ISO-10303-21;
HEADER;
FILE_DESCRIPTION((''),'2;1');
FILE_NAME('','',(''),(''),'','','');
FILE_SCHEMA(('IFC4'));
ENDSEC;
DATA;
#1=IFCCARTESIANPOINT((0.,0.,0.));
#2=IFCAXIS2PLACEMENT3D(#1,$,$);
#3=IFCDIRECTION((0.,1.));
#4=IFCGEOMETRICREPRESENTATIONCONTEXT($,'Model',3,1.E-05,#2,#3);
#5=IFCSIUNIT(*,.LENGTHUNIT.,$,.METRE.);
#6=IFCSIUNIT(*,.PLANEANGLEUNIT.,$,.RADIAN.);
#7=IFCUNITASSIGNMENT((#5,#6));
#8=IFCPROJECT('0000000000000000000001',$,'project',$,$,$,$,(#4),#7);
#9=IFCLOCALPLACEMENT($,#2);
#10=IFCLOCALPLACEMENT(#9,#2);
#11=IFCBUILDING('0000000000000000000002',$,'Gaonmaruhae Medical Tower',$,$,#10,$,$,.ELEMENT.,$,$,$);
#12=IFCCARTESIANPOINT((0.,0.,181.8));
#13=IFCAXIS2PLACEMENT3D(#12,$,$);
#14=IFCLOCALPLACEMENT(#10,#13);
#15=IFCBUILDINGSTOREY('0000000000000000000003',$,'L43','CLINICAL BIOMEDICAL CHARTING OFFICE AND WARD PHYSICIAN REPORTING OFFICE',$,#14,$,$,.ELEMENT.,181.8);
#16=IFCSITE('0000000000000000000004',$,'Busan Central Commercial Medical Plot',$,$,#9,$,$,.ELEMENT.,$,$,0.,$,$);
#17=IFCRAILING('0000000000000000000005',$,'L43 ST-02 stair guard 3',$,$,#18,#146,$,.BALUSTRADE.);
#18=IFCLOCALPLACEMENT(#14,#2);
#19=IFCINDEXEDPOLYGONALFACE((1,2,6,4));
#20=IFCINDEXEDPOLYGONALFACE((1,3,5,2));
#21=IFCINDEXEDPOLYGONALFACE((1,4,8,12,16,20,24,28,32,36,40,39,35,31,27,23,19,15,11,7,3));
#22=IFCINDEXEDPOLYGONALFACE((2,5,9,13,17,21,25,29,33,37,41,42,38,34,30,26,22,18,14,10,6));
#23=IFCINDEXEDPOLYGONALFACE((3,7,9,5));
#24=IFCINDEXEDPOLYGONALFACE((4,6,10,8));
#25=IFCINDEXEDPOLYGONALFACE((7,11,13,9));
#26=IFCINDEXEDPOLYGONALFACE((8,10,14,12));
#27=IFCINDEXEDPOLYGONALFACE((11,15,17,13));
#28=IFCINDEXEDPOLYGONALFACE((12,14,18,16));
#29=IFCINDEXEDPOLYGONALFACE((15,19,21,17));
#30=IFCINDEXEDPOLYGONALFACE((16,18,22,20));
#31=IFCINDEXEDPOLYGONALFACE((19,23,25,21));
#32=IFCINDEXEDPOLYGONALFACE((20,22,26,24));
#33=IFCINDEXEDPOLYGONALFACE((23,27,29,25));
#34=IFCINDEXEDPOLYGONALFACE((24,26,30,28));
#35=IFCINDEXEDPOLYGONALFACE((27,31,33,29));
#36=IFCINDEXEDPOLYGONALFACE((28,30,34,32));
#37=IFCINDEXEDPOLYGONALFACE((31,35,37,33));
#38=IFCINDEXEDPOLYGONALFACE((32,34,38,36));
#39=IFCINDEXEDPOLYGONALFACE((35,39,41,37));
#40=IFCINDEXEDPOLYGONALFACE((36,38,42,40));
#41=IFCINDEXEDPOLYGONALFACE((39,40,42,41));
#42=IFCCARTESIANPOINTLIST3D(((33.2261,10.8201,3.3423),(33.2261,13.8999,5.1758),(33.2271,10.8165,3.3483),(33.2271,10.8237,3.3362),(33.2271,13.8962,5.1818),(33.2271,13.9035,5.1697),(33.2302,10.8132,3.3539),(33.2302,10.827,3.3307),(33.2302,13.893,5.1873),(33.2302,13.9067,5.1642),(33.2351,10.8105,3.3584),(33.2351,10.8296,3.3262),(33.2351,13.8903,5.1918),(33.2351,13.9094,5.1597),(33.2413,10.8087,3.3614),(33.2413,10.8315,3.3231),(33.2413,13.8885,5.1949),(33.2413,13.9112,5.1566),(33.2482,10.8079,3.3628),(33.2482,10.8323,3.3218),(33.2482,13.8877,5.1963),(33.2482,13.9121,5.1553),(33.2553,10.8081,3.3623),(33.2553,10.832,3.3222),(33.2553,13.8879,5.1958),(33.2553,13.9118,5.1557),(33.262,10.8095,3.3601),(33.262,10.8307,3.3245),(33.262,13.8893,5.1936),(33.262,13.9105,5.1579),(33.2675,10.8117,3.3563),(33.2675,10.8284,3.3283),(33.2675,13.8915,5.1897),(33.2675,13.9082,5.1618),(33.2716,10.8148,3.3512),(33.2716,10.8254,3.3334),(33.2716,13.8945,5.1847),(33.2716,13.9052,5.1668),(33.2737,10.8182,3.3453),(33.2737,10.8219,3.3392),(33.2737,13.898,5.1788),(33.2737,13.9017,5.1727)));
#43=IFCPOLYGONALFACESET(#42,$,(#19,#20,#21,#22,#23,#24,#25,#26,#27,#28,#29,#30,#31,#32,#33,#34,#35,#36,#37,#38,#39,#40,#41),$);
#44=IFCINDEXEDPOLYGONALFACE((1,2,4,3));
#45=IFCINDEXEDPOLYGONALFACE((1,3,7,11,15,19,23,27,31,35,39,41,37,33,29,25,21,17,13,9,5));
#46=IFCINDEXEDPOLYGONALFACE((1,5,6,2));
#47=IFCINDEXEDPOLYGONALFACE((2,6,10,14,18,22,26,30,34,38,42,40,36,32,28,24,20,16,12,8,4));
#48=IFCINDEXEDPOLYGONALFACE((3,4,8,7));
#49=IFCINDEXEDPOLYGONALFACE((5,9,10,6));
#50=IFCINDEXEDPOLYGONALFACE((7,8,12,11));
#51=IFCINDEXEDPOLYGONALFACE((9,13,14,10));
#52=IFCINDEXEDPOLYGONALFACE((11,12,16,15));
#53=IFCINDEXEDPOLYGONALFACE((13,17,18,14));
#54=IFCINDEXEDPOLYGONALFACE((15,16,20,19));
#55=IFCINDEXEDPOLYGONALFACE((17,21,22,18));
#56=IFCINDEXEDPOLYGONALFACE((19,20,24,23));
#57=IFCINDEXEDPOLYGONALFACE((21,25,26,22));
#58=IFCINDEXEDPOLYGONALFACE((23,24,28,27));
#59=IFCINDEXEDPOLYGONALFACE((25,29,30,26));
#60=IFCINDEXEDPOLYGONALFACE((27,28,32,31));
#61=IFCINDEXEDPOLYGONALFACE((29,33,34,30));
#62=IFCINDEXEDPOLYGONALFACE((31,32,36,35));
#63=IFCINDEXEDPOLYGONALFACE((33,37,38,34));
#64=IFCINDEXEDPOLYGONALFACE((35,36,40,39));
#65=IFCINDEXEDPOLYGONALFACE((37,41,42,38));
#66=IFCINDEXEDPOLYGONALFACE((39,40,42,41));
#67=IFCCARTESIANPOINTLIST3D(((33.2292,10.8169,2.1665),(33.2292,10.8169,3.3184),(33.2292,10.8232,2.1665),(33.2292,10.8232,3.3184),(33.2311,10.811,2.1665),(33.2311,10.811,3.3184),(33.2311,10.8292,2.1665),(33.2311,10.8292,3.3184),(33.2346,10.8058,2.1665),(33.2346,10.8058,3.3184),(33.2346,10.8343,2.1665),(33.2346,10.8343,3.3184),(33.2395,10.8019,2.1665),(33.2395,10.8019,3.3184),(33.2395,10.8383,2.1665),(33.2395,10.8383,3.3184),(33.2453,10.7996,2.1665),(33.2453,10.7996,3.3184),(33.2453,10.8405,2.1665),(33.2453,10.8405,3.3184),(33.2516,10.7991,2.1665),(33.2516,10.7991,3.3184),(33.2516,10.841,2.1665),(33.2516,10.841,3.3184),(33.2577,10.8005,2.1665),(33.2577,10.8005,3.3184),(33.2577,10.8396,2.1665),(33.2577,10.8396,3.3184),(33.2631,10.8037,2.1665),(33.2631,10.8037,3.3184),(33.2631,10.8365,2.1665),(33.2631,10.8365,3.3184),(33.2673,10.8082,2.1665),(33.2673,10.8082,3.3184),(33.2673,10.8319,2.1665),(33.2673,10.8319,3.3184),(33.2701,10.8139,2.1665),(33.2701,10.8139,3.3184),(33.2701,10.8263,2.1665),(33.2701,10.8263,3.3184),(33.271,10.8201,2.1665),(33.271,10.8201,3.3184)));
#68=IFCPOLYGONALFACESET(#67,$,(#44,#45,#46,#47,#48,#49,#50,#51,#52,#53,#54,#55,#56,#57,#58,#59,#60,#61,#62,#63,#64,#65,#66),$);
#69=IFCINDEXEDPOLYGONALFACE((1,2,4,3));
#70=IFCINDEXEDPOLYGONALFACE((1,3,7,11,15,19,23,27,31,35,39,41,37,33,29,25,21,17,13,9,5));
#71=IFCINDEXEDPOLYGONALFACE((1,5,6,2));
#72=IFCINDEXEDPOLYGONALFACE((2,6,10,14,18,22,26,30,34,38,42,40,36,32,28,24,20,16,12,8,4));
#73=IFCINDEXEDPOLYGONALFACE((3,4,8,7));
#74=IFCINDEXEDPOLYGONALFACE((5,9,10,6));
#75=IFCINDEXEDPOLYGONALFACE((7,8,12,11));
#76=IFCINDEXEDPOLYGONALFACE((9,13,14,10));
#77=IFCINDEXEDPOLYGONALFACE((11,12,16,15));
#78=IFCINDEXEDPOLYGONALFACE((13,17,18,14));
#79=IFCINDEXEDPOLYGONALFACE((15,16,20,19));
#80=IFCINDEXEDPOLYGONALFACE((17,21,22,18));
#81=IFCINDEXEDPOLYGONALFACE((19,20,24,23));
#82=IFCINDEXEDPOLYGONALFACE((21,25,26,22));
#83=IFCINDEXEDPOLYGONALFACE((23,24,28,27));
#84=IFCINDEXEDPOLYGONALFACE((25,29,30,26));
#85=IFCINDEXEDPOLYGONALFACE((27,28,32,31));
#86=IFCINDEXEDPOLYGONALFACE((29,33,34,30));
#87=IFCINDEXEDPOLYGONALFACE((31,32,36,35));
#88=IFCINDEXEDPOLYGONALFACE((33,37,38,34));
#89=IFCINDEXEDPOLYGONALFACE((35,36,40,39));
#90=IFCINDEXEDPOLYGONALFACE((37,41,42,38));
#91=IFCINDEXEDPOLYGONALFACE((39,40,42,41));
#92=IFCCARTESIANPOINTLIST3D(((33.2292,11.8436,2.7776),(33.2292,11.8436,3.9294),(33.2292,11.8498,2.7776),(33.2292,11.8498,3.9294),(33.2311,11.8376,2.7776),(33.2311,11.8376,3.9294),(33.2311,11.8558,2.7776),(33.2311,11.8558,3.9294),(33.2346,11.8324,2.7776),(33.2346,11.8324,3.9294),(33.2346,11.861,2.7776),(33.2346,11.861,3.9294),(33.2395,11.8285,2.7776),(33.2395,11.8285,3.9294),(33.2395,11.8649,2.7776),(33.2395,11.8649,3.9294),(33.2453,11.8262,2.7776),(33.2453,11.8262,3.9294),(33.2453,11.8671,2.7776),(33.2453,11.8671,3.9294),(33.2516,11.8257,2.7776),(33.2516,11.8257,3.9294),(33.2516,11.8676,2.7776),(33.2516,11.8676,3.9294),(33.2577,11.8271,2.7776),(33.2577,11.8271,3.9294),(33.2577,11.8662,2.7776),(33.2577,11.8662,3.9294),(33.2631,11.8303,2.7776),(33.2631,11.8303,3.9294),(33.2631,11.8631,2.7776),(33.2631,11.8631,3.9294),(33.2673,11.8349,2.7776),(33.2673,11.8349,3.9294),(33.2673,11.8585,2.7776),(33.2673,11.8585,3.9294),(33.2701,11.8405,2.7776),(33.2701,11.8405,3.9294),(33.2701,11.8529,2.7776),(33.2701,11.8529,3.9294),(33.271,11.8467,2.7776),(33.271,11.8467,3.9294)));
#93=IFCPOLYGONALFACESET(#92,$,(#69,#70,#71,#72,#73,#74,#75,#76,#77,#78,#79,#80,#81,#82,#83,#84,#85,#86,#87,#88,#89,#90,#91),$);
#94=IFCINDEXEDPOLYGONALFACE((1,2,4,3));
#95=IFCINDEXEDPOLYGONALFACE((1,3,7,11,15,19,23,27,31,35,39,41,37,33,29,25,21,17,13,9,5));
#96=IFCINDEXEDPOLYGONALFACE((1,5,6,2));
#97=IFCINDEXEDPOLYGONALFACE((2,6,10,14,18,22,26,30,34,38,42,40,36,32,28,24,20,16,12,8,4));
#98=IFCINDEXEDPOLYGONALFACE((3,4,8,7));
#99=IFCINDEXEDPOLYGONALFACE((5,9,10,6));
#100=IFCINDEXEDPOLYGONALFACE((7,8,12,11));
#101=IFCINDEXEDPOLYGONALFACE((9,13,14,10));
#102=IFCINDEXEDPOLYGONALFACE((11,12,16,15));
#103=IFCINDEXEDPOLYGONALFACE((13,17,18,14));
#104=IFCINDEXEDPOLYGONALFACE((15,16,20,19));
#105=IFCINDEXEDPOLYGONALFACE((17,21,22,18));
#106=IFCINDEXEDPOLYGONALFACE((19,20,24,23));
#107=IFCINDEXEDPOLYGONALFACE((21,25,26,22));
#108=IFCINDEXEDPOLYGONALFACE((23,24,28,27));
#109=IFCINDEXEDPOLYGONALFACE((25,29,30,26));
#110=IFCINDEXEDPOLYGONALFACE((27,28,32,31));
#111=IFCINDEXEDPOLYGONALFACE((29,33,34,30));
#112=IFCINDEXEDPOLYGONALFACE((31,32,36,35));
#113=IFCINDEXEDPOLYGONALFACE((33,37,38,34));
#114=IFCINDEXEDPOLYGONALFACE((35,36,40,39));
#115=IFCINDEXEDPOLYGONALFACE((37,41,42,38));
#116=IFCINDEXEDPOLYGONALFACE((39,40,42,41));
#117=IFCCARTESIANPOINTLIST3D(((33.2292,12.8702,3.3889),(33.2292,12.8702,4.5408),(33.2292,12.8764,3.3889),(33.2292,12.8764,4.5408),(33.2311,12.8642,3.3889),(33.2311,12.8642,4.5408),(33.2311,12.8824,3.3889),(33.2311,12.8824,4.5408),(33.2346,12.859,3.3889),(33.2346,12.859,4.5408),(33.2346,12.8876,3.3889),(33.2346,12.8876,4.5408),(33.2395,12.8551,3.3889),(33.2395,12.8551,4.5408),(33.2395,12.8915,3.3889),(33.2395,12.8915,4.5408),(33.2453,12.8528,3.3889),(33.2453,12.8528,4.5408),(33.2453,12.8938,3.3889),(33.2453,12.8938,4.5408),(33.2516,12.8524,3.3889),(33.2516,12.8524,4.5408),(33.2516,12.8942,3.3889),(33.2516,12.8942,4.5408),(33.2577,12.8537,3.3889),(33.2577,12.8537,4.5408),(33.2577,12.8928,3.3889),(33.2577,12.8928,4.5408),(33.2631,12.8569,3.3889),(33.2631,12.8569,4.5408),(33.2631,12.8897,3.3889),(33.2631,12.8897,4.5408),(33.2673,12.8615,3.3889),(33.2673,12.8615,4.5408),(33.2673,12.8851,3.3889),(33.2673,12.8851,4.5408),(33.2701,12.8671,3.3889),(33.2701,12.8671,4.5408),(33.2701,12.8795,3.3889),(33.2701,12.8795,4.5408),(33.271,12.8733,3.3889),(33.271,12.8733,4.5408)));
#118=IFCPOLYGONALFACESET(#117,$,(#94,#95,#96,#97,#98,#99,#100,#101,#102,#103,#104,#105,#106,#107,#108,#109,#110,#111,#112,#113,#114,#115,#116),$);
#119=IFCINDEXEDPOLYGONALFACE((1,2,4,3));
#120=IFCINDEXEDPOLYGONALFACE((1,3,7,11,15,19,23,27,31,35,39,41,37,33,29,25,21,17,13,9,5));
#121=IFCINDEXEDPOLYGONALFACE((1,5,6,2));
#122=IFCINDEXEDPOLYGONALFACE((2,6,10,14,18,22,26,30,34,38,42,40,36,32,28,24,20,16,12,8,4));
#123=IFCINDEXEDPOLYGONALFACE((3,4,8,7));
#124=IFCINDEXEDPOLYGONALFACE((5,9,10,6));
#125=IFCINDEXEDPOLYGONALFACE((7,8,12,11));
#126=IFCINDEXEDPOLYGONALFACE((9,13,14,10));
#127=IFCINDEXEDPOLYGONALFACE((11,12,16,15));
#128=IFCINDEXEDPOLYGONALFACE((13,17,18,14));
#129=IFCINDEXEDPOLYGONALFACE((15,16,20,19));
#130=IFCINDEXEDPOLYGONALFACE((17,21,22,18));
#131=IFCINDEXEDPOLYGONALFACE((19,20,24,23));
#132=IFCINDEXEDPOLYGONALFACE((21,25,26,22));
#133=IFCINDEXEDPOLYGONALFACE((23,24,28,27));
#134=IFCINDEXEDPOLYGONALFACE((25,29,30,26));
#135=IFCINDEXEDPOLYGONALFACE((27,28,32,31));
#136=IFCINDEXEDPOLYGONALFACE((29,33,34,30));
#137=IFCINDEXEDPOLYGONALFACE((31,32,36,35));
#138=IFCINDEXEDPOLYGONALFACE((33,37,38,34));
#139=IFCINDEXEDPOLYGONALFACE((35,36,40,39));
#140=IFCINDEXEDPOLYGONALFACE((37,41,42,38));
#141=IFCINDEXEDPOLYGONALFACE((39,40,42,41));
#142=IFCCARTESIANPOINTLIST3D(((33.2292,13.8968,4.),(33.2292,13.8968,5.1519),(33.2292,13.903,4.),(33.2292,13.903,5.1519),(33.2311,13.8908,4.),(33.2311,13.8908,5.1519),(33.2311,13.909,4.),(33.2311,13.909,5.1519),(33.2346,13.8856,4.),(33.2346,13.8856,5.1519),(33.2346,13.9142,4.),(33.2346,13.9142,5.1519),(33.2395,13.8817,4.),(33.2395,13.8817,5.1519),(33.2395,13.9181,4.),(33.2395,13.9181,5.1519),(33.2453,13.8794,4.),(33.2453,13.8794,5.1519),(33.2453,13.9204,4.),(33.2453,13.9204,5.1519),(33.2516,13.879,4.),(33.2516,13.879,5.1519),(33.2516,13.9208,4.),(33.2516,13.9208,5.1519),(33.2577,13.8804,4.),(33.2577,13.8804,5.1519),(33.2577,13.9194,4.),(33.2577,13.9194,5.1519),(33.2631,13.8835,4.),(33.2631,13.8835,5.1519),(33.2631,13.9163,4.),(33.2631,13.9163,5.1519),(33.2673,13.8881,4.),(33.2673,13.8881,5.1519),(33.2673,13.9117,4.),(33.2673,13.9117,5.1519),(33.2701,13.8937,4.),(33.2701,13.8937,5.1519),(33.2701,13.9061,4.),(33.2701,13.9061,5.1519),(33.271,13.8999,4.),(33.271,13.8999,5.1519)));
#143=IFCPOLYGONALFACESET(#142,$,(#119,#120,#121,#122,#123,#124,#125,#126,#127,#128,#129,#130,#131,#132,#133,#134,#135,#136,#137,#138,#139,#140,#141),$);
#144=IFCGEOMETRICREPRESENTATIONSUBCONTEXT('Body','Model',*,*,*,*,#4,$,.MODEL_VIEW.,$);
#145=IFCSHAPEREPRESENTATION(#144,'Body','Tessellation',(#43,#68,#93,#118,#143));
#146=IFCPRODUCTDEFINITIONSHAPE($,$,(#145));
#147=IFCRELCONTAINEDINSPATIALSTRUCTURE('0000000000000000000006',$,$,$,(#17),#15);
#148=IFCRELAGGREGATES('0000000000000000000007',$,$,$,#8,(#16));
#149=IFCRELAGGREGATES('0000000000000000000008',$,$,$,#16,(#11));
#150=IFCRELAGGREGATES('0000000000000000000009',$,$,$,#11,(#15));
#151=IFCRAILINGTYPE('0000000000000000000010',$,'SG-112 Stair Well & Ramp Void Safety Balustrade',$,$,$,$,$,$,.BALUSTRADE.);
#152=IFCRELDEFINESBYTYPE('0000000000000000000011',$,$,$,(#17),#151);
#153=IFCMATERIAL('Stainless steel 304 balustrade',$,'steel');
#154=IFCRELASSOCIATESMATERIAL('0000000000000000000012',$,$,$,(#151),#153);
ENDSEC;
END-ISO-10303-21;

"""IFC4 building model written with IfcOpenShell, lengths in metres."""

from ifc_helpers import new_model, si_unit, direction, frame, origin, origin_2d, place, context, subcontext, project, spatial, circle, extrude, material, type_object, element, save


model = new_model("IFC4")

# Units and contexts
model_context = context("Model", 3, precision=1e-05, world=origin(), true_north=direction((0.0, 1.0)))
body_context = subcontext(model_context, "Body", "Model", "MODEL_VIEW")
ifc_project = project(units=[si_unit("LENGTHUNIT", "METRE"), si_unit("PLANEANGLEUNIT", "RADIAN")], contexts=[model_context])

# Site, building, storey
site_placement = place(None, origin())
site = spatial("IfcSite", under=ifc_project, at=site_placement, Name="Busan Central Commercial Medical Plot", CompositionType="ELEMENT", RefElevation=0.0)
building_placement = place(site_placement, origin())
building = spatial("IfcBuilding", under=site, at=building_placement, Name="Gaonmaruhae Medical Tower", CompositionType="ELEMENT")
storey_placement = place(building_placement, frame((0.0, 0.0, 181.8)))
storey = spatial("IfcBuildingStorey", under=building, at=storey_placement, Name="L43", Description="CLINICAL BIOMEDICAL CHARTING OFFICE AND WARD PHYSICIAN REPORTING OFFICE", CompositionType="ELEMENT", Elevation=181.8)

# Railing
ifc_material_1 = material(Name="Stainless steel 304 balustrade", Category="steel")
railing_type_1 = type_object("IfcRailingType", Name="SG-112 Stair Well & Ramp Void Safety Balustrade", PredefinedType="BALUSTRADE", material=ifc_material_1)
railing_1_placement = place(storey_placement, frame((33.25, 10.8201, 2.1665)))
element("IfcRailing", 1, at=railing_1_placement, inside=storey, type_object=railing_type_1, Name="L43 ST-02 stair guard 3", PredefinedType="BALUSTRADE", context=body_context, shape_type="SweptSolid", body=[
    extrude(circle(Radius=0.0239, at=origin_2d()), frame((0.0, 0.0, 1.1758), z_axis=(0.0, 0.859261, 0.511538), x_axis=(-1.0, 0.0, 0.0)), (0.0, 0.0, 1.0), 3.5842),
    extrude(circle(Radius=0.021, at=origin_2d()), origin(), (0.0, 0.0, 1.0), 1.1519),
    extrude(circle(Radius=0.021, at=origin_2d()), frame((0.0, 1.0266, 0.6111)), (0.0, 0.0, 1.0), 1.1519),
    extrude(circle(Radius=0.021, at=origin_2d()), frame((0.0, 2.0532, 1.2224)), (0.0, 0.0, 1.0), 1.1519),
    extrude(circle(Radius=0.021, at=origin_2d()), frame((0.0, 3.0798, 1.8335)), (0.0, 0.0, 1.0), 1.1519),
])

save(model, "model.ifc")
